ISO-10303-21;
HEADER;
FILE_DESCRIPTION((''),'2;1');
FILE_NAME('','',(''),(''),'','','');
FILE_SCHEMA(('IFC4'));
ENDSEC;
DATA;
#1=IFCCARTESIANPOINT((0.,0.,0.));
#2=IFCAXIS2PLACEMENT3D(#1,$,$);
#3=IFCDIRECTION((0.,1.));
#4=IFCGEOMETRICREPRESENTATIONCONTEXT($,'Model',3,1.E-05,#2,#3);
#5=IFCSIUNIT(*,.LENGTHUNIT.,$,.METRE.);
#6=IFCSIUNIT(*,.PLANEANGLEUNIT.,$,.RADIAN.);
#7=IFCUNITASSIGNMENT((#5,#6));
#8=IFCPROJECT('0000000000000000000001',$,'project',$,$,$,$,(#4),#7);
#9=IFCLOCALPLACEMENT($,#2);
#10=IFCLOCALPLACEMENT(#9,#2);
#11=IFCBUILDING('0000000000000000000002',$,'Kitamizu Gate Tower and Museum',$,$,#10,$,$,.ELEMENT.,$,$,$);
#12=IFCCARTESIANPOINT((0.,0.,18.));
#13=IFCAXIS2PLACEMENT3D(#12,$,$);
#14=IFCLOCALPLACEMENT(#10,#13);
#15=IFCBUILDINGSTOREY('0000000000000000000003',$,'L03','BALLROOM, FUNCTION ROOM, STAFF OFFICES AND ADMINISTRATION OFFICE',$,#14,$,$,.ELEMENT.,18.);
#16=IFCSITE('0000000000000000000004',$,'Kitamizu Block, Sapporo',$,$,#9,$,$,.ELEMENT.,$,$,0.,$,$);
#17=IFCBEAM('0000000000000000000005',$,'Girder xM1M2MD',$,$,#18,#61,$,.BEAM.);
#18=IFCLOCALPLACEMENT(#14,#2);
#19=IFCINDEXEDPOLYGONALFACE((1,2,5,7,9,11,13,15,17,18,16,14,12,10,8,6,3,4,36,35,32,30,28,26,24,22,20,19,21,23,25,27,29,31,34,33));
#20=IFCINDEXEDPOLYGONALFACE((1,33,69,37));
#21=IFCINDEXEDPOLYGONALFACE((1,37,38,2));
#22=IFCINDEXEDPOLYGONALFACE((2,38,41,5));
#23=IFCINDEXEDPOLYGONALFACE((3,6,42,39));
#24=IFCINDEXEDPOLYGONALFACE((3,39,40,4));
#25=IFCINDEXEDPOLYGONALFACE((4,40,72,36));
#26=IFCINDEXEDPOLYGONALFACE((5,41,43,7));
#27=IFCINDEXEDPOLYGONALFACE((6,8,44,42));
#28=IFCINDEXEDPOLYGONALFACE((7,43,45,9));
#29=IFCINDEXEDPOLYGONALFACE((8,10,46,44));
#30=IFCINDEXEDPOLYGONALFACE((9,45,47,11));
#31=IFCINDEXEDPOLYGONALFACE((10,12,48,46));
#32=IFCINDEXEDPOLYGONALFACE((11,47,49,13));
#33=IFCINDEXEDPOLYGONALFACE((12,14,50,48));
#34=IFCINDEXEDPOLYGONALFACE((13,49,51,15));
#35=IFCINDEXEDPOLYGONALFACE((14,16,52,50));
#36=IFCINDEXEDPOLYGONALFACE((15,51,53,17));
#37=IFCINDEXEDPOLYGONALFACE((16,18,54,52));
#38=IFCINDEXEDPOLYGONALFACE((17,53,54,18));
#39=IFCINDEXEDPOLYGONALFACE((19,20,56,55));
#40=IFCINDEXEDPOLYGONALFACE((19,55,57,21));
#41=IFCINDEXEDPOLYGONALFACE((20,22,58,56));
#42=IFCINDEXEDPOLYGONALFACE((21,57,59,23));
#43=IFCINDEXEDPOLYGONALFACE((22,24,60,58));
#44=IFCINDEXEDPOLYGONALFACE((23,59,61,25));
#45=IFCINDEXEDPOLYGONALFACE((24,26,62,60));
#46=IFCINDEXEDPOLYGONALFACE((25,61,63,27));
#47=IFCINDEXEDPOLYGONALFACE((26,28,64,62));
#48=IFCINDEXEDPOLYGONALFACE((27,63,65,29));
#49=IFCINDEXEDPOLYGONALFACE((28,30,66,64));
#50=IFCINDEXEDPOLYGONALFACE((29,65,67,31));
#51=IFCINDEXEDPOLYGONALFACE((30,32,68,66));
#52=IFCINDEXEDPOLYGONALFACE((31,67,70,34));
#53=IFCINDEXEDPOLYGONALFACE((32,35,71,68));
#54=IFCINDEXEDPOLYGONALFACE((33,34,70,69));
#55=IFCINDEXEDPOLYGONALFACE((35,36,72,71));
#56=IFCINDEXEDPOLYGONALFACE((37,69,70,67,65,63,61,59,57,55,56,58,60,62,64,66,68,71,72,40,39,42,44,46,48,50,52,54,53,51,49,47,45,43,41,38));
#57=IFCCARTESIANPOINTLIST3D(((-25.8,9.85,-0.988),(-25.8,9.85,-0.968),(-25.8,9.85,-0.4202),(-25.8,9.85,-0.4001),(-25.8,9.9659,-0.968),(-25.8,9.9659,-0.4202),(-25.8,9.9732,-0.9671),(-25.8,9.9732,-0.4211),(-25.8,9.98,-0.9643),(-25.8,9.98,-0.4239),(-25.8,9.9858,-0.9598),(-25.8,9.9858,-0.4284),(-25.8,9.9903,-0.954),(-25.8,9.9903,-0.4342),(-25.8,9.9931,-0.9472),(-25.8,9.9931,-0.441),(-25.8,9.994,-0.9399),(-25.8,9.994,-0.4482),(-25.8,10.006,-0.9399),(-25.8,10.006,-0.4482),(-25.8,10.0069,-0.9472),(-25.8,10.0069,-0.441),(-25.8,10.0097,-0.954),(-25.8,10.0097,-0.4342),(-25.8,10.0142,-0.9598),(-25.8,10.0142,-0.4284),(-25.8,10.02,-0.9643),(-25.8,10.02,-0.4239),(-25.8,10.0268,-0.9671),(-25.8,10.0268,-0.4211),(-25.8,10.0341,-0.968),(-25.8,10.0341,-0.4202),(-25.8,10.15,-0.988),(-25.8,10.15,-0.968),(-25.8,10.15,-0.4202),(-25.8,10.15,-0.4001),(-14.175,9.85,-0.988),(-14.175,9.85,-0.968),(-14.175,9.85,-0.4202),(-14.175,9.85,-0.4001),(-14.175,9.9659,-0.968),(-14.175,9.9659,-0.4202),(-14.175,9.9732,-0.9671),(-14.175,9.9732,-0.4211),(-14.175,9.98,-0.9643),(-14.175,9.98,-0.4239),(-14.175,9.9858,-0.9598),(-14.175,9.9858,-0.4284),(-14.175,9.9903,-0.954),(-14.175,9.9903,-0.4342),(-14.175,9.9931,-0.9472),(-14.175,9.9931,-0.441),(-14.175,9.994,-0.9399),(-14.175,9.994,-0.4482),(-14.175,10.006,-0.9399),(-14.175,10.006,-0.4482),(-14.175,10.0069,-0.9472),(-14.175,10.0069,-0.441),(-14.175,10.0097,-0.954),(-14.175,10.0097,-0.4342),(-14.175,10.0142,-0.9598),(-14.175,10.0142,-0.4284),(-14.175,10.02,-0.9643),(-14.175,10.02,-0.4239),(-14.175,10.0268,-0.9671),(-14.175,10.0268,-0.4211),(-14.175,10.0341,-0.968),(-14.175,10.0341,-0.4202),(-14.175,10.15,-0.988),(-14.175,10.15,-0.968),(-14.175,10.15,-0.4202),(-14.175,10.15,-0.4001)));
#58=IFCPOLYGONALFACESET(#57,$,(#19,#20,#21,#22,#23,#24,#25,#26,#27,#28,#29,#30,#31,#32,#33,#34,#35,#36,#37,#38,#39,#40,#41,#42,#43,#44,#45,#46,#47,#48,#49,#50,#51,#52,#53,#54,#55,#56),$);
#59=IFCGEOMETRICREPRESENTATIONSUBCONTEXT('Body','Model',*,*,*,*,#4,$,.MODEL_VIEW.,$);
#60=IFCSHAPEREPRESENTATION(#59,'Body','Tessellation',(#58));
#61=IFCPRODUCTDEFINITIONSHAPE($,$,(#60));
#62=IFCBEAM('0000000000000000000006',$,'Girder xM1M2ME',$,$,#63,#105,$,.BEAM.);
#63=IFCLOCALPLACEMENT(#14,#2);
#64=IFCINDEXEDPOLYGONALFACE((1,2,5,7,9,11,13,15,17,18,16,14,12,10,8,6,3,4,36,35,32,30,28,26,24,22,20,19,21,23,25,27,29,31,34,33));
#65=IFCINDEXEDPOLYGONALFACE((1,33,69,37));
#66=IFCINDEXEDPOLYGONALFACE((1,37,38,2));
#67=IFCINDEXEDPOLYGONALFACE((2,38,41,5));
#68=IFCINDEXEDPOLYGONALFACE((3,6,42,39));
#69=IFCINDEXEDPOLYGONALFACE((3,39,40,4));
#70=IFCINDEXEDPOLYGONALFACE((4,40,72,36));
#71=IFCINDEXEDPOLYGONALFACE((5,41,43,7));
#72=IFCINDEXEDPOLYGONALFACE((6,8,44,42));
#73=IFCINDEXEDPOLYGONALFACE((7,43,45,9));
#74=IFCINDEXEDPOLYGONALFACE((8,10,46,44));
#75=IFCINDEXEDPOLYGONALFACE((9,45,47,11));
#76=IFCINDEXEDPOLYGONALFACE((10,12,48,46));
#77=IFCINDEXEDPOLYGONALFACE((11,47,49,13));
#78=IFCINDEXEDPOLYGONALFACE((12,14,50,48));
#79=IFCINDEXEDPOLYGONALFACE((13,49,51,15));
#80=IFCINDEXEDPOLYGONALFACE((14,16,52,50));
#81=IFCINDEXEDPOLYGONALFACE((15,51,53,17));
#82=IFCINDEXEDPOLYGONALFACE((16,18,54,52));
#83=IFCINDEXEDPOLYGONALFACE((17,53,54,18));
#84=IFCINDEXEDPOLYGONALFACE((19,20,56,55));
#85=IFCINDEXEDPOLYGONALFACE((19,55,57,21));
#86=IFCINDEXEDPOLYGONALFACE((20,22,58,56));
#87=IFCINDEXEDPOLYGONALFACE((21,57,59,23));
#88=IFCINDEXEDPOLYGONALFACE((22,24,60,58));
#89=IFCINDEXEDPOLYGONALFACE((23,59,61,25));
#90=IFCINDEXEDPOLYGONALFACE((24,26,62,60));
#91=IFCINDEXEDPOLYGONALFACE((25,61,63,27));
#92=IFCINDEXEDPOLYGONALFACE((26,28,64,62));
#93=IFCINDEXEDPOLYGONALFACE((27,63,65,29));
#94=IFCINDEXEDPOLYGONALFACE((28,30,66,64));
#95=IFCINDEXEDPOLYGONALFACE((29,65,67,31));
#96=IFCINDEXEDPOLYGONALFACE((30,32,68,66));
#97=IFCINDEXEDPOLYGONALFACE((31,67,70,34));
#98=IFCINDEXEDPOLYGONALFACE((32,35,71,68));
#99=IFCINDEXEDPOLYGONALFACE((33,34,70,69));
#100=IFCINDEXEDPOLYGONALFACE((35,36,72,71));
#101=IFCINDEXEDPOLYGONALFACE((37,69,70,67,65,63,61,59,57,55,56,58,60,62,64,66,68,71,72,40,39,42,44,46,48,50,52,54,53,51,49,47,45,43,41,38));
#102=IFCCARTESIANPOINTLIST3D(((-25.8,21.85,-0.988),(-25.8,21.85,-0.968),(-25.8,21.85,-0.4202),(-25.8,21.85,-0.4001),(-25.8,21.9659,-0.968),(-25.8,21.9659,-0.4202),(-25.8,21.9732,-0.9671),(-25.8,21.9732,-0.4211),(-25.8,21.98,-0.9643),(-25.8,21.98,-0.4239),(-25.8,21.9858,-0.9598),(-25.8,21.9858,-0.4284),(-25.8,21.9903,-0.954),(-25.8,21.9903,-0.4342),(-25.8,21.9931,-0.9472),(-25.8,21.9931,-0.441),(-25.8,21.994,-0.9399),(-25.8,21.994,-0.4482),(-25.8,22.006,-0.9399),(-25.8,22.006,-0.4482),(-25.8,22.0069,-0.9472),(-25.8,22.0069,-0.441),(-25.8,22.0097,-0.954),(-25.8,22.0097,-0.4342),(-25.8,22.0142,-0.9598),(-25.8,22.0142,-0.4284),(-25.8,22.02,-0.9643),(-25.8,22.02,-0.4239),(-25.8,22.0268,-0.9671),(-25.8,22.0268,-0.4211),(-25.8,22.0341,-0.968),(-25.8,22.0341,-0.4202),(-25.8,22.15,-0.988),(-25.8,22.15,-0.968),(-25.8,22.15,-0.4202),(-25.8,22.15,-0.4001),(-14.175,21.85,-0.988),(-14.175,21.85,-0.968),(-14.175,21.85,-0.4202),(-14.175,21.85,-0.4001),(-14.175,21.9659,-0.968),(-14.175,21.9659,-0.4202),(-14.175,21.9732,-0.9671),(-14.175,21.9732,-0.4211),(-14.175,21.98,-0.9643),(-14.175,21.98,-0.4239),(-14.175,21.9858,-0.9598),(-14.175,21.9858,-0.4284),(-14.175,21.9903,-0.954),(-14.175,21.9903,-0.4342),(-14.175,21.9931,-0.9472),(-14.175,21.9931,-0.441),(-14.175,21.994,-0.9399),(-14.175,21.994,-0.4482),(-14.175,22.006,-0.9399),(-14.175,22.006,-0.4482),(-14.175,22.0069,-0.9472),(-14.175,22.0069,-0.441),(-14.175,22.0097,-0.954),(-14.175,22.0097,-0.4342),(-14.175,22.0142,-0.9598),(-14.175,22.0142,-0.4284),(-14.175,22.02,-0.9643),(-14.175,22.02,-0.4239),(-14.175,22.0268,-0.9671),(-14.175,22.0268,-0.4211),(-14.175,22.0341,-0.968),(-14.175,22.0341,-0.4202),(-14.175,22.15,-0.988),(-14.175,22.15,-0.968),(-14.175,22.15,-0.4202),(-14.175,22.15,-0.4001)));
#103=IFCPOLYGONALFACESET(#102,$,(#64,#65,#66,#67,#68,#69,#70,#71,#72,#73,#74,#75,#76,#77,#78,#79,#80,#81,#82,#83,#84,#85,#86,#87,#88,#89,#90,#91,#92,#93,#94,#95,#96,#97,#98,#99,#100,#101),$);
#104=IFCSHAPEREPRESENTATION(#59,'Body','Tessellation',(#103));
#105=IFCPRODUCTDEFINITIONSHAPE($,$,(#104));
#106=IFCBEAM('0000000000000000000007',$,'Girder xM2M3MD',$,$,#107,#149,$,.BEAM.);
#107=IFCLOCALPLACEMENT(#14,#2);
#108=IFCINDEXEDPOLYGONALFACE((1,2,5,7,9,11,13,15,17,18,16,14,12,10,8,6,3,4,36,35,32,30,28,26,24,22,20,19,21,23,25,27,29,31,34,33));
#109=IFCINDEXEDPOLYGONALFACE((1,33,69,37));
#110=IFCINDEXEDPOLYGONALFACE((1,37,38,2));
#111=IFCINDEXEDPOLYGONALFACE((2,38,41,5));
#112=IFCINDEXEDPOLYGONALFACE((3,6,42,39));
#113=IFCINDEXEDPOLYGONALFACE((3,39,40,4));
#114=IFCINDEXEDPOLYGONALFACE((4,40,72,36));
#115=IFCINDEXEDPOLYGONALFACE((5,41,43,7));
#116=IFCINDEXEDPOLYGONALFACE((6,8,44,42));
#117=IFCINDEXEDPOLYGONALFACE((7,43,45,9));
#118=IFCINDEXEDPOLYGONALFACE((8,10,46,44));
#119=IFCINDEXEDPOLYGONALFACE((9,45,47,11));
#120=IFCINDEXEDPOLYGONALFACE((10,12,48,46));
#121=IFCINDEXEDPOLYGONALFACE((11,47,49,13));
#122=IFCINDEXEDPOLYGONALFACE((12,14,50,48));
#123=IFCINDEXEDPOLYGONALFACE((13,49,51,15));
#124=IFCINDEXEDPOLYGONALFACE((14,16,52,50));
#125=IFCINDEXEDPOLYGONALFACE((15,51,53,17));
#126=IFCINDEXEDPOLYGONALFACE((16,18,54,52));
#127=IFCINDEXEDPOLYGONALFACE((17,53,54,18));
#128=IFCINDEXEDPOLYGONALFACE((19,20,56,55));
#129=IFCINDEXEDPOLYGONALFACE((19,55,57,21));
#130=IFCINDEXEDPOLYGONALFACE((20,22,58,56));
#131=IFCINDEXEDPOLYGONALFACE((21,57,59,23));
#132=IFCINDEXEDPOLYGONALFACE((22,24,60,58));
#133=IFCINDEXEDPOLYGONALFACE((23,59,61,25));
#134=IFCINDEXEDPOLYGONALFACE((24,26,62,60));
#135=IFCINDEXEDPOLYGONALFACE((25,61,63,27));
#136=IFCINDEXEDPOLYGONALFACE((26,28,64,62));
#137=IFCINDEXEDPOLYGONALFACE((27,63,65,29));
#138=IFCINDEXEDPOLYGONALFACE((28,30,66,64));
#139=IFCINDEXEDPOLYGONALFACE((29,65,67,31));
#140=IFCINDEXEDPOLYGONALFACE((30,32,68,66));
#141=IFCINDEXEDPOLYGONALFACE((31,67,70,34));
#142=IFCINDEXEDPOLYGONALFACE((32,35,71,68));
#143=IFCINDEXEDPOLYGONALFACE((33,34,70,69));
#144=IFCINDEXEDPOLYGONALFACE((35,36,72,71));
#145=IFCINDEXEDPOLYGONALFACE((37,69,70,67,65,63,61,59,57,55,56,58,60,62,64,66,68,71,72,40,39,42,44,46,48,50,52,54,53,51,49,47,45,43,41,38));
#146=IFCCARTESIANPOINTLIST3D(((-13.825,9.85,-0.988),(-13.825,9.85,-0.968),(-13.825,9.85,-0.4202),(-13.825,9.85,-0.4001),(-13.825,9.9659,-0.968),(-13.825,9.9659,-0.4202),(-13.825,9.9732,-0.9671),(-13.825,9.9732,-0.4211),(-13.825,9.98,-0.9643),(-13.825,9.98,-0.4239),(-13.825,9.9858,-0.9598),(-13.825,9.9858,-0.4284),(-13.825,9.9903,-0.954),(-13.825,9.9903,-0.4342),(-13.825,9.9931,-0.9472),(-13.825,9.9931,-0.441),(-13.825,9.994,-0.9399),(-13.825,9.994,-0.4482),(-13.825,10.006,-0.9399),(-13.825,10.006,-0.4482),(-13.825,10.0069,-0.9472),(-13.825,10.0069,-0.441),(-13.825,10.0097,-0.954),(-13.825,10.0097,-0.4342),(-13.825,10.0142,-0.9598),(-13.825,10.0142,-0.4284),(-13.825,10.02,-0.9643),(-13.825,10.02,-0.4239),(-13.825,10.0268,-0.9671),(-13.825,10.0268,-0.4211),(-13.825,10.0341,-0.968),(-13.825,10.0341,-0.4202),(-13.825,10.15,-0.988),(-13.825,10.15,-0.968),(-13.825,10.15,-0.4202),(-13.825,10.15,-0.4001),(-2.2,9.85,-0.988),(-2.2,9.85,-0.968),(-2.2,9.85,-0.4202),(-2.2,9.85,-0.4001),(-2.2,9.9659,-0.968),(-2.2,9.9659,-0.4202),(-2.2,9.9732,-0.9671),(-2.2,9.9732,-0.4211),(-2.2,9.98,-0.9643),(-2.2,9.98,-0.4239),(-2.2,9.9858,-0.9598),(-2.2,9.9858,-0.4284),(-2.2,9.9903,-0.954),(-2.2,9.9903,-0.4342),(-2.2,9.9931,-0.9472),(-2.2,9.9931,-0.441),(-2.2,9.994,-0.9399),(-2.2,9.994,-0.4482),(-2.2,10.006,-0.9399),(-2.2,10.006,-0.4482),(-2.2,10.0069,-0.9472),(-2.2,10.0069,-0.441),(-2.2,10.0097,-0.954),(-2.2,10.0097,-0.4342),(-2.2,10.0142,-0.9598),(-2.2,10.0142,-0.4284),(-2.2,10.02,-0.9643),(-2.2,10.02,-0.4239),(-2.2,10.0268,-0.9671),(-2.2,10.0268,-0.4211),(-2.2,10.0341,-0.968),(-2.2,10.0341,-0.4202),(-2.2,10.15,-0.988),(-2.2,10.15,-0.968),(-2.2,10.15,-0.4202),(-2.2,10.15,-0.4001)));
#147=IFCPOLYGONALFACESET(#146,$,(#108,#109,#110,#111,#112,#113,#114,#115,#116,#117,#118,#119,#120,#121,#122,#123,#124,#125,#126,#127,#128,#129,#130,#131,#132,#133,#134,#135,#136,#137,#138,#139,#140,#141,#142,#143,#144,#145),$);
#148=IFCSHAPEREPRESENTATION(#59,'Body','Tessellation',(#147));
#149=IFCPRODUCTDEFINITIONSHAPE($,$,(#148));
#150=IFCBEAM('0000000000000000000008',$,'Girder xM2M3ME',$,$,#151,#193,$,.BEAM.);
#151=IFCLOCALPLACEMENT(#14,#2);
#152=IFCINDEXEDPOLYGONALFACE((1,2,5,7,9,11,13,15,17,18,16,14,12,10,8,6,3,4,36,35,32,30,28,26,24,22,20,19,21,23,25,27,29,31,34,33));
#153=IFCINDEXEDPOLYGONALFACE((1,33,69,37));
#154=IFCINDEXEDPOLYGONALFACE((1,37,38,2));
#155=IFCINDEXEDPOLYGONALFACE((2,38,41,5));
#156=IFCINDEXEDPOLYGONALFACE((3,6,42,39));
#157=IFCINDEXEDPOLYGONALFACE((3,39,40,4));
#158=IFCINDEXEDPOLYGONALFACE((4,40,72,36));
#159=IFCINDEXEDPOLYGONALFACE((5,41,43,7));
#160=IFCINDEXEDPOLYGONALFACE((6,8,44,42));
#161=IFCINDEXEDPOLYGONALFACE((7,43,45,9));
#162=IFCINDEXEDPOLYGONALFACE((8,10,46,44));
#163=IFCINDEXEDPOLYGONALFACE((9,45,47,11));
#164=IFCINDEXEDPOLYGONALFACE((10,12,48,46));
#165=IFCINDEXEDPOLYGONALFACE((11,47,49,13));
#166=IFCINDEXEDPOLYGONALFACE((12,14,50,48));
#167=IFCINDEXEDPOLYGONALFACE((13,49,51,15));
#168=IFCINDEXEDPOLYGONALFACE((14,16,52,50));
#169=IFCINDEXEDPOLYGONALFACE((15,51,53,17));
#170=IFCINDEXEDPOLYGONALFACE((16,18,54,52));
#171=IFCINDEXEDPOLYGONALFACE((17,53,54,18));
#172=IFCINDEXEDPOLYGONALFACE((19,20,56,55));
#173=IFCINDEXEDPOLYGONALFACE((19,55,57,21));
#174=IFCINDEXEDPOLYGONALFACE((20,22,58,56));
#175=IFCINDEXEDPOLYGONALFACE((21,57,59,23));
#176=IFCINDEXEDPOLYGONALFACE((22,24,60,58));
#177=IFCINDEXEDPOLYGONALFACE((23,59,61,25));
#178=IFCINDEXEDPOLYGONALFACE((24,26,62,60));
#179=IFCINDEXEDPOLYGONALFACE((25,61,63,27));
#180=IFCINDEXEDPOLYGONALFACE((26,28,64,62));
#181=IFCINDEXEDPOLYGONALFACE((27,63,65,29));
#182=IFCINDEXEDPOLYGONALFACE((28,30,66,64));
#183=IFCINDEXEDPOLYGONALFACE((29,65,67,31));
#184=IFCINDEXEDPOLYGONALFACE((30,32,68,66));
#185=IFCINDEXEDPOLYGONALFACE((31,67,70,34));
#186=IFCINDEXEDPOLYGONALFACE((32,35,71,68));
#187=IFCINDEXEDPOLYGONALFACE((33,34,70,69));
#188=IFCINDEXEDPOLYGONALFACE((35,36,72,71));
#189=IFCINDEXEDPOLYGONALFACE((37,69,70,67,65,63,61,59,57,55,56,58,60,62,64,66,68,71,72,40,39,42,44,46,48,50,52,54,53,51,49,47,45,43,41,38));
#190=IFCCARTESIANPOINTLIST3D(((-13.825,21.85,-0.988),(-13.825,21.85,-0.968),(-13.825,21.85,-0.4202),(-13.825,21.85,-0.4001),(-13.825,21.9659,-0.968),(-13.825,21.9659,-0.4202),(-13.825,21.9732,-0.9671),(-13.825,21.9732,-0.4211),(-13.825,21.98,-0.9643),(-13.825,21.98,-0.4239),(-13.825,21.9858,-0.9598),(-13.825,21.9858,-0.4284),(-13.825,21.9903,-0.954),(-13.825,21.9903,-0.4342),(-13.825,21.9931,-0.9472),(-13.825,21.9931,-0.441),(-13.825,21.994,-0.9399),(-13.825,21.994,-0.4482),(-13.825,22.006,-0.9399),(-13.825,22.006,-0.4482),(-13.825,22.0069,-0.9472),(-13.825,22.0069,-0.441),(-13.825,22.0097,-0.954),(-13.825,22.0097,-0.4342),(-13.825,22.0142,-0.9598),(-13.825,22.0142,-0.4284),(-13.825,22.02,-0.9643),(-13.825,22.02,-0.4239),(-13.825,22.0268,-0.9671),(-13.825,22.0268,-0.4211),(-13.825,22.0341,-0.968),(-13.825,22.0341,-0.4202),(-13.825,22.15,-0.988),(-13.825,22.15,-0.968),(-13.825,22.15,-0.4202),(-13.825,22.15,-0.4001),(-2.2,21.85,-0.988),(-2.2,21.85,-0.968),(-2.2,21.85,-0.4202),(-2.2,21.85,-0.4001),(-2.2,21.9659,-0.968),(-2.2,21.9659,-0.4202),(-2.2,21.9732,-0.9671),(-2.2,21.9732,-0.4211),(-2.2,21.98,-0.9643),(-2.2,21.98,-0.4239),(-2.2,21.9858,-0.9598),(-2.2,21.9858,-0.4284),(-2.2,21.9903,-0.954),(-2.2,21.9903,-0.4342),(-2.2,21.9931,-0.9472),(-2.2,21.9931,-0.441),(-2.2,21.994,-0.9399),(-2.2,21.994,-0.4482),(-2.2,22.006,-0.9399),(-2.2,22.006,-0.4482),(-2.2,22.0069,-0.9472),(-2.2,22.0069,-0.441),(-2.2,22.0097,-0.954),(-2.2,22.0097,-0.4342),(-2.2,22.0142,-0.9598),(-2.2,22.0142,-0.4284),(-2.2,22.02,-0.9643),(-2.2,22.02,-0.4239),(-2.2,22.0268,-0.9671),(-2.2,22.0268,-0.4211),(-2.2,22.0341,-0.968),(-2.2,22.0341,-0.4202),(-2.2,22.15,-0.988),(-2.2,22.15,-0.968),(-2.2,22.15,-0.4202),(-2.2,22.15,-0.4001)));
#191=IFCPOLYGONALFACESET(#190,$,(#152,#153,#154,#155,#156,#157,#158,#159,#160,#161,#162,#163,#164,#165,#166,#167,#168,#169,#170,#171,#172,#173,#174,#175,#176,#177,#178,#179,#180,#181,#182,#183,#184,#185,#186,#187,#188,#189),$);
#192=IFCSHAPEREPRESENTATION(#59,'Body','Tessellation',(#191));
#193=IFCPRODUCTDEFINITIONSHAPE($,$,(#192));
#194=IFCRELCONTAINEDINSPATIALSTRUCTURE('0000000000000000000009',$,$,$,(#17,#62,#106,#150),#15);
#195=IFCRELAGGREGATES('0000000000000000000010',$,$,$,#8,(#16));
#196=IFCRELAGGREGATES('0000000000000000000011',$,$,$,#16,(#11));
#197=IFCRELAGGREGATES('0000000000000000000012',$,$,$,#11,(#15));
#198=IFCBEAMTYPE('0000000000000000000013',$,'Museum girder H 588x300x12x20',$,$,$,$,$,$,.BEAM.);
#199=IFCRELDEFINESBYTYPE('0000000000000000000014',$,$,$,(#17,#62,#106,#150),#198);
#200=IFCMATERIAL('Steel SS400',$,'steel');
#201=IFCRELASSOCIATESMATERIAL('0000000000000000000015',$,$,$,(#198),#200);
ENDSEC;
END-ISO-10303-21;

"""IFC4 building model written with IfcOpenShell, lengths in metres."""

from ifc_helpers import new_model, si_unit, direction, frame, origin, origin_2d, place, context, subcontext, project, spatial, i_section, extrude, material, material_profile, profile_set, type_object, element, save


model = new_model("IFC4")

# Units and contexts
model_context = context("Model", 3, precision=1e-05, world=origin(), true_north=direction((0.0, 1.0)))
body_context = subcontext(model_context, "Body", "Model", "MODEL_VIEW")
ifc_project = project(units=[si_unit("LENGTHUNIT", "METRE"), si_unit("PLANEANGLEUNIT", "RADIAN")], contexts=[model_context])

# Site, building, storey
site_placement = place(None, origin())
site = spatial("IfcSite", under=ifc_project, at=site_placement, Name="Kitamizu Block, Sapporo", CompositionType="ELEMENT", RefElevation=0.0)
building_placement = place(site_placement, origin())
building = spatial("IfcBuilding", under=site, at=building_placement, Name="Kitamizu Gate Tower and Museum", CompositionType="ELEMENT")
storey_placement = place(building_placement, frame((0.0, 0.0, 18.0)))
storey = spatial("IfcBuildingStorey", under=building, at=storey_placement, Name="L03", Description="BALLROOM, FUNCTION ROOM, STAFF OFFICES AND ADMINISTRATION OFFICE", CompositionType="ELEMENT", Elevation=18.0)

# Beams
ifc_material_1 = material(Name="Steel SS400", Category="steel")
ifc_material_profile_1 = material_profile(ifc_material_1, i_section(OverallWidth=0.3, OverallDepth=0.5879, WebThickness=0.012, FlangeThickness=0.02, FilletRadius=0.0281, at=origin_2d()), Name="H-588x300x12x20")
ifc_profile_set_1 = profile_set([ifc_material_profile_1], Name="Steel SS400")
beam_type_1 = type_object("IfcBeamType", Name="Museum girder H 588x300x12x20", PredefinedType="BEAM", material=ifc_profile_set_1)
for number, where, z_axis, x_axis, name in (
    (1, (-25.8, 10.0, -0.6941), (1.0, 0.0, 0.0), (0.0, 1.0, 0.0), "Girder xM1M2MD"),
    (2, (-25.8, 22.0, -0.6941), (1.0, 0.0, 0.0), (0.0, 1.0, 0.0), "Girder xM1M2ME"),
    (3, (-13.825, 10.0, -0.6941), (1.0, 0.0, 0.0), (0.0, 1.0, 0.0), "Girder xM2M3MD"),
    (4, (-13.825, 22.0, -0.6941), (1.0, 0.0, 0.0), (0.0, 1.0, 0.0), "Girder xM2M3ME"),
):
    element("IfcBeam", number, at=place(storey_placement, frame(where, z_axis=z_axis, x_axis=x_axis)), inside=storey, type_object=beam_type_1, Name=name, PredefinedType="BEAM", context=body_context, shape_type="SweptSolid", body=[
        extrude(i_section(OverallWidth=0.3, OverallDepth=0.5879, WebThickness=0.012, FlangeThickness=0.02, FilletRadius=0.0281, at=origin_2d()), origin(), (0.0, 0.0, 1.0), 11.625),
    ])

save(model, "model.ifc")
